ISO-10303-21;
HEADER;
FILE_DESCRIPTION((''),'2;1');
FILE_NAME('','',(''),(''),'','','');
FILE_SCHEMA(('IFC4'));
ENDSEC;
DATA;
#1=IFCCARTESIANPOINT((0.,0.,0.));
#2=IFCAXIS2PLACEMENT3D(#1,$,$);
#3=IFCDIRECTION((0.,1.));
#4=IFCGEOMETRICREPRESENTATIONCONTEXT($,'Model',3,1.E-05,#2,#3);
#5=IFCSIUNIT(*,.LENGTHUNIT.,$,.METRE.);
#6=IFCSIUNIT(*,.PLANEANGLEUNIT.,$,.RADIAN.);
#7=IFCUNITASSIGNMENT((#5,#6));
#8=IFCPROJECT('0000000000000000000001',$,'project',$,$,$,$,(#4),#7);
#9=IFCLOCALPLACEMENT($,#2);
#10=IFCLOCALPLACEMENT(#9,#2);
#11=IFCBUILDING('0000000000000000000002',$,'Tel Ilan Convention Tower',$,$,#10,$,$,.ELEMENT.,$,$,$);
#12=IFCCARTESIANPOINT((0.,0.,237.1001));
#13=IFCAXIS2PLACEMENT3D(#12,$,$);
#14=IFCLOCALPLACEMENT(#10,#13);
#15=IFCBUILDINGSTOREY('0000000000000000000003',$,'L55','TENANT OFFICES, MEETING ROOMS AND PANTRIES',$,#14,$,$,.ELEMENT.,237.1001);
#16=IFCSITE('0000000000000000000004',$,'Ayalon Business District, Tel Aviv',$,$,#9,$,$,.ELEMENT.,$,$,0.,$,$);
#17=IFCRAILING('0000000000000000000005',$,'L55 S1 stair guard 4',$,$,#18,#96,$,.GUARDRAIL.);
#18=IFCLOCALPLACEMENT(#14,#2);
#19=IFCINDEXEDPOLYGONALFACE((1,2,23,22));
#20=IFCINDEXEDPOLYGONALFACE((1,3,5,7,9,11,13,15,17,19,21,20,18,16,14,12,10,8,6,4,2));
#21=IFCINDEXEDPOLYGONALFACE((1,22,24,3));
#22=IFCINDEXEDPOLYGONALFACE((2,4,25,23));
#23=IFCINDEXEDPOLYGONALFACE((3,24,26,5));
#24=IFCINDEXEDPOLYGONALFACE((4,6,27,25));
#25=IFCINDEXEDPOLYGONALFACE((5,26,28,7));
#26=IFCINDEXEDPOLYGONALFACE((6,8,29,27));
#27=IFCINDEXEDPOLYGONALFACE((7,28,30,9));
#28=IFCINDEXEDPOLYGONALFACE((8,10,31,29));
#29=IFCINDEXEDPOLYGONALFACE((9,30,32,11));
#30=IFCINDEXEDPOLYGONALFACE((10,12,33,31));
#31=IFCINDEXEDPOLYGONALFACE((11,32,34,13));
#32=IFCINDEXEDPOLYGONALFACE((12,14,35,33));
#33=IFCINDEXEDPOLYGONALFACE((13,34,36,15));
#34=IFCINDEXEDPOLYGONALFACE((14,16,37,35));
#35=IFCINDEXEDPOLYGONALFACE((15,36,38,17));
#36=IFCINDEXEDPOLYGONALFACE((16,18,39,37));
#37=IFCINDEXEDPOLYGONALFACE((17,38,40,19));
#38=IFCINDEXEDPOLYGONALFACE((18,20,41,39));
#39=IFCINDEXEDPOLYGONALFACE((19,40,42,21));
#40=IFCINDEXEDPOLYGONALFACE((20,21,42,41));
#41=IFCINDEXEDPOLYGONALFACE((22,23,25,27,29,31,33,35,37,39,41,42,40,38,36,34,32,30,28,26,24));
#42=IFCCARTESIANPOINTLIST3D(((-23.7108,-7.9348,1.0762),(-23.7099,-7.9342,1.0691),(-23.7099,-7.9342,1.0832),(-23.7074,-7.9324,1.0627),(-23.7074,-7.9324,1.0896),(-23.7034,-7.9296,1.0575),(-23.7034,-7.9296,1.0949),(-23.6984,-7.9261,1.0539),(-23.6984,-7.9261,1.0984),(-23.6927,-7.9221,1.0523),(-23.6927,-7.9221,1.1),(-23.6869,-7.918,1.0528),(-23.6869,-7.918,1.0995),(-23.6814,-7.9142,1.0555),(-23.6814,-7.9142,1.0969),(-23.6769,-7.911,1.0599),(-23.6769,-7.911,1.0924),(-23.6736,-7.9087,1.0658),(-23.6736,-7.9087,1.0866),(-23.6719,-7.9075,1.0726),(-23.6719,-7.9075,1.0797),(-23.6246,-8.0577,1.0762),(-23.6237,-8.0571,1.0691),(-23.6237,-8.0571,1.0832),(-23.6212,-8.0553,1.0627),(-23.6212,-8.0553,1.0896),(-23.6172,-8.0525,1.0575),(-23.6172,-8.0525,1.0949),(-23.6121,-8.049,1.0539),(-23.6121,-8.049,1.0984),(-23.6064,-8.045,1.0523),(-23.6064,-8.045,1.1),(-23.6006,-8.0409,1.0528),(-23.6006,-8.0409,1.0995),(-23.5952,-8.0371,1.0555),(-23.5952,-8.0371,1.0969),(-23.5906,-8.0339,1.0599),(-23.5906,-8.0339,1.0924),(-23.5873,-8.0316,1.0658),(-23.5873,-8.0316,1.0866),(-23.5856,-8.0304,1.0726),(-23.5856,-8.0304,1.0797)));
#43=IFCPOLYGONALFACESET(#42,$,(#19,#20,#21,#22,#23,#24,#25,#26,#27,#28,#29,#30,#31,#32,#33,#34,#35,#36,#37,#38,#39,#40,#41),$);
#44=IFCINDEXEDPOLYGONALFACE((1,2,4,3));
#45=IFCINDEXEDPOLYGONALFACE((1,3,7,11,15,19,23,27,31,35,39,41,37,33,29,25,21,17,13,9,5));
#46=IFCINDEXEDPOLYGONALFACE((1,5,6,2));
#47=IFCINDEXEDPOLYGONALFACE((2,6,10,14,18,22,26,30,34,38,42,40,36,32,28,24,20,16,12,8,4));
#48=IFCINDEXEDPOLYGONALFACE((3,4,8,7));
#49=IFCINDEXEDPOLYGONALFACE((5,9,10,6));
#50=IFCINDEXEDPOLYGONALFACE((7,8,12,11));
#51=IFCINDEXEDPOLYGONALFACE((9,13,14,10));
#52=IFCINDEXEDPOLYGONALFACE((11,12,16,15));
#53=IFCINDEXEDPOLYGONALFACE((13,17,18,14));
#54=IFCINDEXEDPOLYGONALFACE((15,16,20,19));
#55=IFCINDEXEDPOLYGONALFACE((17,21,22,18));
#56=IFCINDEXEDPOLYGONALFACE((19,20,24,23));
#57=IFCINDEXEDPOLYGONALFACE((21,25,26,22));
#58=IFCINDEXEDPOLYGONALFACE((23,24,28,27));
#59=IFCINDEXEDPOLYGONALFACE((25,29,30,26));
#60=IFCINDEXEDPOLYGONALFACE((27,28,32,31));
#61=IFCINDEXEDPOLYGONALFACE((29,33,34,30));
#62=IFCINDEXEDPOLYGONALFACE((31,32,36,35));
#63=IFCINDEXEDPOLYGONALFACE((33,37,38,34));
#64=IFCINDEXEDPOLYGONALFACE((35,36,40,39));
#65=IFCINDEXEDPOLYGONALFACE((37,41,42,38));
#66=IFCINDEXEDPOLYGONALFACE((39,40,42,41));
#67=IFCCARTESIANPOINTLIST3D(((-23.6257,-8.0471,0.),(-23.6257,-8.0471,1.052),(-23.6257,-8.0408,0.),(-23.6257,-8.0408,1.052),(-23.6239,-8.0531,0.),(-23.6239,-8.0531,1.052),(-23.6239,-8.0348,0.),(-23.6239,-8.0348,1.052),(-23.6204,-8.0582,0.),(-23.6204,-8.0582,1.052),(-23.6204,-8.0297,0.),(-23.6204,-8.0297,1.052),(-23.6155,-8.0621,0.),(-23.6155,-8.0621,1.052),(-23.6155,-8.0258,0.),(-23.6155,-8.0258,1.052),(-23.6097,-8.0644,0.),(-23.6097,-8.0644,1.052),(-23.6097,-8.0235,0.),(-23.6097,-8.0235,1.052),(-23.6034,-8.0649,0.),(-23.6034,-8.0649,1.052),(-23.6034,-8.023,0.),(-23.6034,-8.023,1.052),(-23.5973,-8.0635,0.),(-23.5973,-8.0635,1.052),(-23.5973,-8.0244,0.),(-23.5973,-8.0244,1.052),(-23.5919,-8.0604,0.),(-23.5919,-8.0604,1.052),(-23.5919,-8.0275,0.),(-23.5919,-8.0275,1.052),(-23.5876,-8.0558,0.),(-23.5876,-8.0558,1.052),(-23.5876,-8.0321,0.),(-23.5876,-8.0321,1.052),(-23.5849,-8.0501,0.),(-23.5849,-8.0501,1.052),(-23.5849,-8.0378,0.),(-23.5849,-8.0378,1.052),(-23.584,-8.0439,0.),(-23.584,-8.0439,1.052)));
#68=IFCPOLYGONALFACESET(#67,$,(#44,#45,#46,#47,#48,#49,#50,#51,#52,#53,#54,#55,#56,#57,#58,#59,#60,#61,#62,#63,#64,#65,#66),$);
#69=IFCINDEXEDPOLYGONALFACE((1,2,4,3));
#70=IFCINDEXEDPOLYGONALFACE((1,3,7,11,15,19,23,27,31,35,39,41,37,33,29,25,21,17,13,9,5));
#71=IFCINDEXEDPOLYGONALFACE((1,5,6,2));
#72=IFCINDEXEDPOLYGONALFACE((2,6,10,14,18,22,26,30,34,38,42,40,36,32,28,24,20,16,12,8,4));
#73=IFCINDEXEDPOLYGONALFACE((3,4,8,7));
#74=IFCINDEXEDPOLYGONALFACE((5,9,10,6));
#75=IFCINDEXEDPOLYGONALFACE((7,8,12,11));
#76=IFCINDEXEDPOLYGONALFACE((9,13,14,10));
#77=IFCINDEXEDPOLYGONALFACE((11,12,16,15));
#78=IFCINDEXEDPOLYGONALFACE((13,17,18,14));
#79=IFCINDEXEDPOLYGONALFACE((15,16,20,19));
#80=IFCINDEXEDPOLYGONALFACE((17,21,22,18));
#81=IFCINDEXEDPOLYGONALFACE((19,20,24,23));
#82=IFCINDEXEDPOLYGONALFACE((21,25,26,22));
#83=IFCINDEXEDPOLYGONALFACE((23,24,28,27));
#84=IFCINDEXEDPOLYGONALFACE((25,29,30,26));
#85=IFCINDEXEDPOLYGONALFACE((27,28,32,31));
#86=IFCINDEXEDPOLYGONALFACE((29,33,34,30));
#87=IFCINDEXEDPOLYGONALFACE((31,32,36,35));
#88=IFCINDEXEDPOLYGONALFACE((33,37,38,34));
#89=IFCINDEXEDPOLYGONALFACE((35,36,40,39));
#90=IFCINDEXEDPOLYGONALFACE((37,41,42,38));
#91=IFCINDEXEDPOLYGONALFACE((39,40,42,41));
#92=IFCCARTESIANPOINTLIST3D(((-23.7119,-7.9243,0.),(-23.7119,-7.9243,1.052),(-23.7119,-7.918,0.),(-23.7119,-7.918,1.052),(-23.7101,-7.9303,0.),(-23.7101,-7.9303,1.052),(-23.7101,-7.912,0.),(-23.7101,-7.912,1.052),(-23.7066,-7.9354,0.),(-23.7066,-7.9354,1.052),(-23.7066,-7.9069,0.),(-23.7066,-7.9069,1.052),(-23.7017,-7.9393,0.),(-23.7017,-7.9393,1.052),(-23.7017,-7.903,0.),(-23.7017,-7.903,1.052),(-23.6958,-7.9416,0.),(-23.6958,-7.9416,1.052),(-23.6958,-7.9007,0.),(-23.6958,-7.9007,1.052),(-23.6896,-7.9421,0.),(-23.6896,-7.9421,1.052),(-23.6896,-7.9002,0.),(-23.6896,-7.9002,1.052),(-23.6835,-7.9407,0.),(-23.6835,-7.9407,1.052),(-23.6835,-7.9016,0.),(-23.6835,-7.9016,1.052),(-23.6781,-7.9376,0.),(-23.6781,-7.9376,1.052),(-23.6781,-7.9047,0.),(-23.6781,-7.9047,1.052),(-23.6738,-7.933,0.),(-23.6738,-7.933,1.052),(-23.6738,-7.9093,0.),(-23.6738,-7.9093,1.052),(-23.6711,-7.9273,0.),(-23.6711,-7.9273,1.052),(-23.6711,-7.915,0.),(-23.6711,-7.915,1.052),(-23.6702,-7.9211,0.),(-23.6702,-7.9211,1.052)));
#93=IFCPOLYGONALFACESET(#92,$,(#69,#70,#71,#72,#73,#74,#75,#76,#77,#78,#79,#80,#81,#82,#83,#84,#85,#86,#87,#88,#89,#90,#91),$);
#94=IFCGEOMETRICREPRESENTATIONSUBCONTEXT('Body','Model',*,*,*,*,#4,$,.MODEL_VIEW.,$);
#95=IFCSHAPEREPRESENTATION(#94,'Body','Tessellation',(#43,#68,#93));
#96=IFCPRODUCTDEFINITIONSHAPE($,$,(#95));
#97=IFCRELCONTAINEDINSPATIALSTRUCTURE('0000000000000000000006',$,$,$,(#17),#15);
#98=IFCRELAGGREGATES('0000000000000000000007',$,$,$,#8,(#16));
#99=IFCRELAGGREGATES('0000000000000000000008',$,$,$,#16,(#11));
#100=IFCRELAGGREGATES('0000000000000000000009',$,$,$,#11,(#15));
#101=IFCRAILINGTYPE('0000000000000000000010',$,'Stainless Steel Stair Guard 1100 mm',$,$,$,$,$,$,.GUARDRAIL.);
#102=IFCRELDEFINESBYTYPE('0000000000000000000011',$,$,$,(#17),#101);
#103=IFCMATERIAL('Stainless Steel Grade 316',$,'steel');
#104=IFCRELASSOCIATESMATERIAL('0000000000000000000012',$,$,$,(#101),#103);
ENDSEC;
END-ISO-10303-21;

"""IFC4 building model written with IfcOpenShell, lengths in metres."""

from ifc_helpers import new_model, si_unit, direction, frame, origin, origin_2d, place, context, subcontext, project, spatial, circle, extrude, material, type_object, element, save


model = new_model("IFC4")

# Units and contexts
model_context = context("Model", 3, precision=1e-05, world=origin(), true_north=direction((0.0, 1.0)))
body_context = subcontext(model_context, "Body", "Model", "MODEL_VIEW")
ifc_project = project(units=[si_unit("LENGTHUNIT", "METRE"), si_unit("PLANEANGLEUNIT", "RADIAN")], contexts=[model_context])

# Site, building, storey
site_placement = place(None, origin())
site = spatial("IfcSite", under=ifc_project, at=site_placement, Name="Ayalon Business District, Tel Aviv", CompositionType="ELEMENT", RefElevation=0.0)
building_placement = place(site_placement, origin())
building = spatial("IfcBuilding", under=site, at=building_placement, Name="Tel Ilan Convention Tower", CompositionType="ELEMENT")
storey_placement = place(building_placement, frame((0.0, 0.0, 237.1001)))
storey = spatial("IfcBuildingStorey", under=building, at=storey_placement, Name="L55", Description="TENANT OFFICES, MEETING ROOMS AND PANTRIES", CompositionType="ELEMENT", Elevation=237.1001)

# Railing
ifc_material_1 = material(Name="Stainless Steel Grade 316", Category="steel")
railing_type = type_object("IfcRailingType", Name="Stainless Steel Stair Guard 1100 mm", PredefinedType="GUARDRAIL", material=ifc_material_1)
railing_1_placement = place(storey_placement, frame((-23.605, -8.0439, 0.0)))
element("IfcRailing", 1, at=railing_1_placement, inside=storey, type_object=railing_type, Name="L55 S1 stair guard 4", PredefinedType="GUARDRAIL", context=body_context, shape_type="SweptSolid", body=[
    extrude(circle(Radius=0.0239, at=origin_2d()), frame((0.0, 0.0, 1.0762), z_axis=(-0.574445, 0.818543, 0.0), x_axis=(-0.818543, -0.574445, 0.0)), (0.0, 0.0, 1.0), 0.1501),
    extrude(circle(Radius=0.021, at=origin_2d()), origin(), (0.0, 0.0, 1.0), 1.052),
    extrude(circle(Radius=0.021, at=origin_2d()), frame((-0.0862, 0.1228, 0.0)), (0.0, 0.0, 1.0), 1.052),
])

save(model, "model.ifc")
